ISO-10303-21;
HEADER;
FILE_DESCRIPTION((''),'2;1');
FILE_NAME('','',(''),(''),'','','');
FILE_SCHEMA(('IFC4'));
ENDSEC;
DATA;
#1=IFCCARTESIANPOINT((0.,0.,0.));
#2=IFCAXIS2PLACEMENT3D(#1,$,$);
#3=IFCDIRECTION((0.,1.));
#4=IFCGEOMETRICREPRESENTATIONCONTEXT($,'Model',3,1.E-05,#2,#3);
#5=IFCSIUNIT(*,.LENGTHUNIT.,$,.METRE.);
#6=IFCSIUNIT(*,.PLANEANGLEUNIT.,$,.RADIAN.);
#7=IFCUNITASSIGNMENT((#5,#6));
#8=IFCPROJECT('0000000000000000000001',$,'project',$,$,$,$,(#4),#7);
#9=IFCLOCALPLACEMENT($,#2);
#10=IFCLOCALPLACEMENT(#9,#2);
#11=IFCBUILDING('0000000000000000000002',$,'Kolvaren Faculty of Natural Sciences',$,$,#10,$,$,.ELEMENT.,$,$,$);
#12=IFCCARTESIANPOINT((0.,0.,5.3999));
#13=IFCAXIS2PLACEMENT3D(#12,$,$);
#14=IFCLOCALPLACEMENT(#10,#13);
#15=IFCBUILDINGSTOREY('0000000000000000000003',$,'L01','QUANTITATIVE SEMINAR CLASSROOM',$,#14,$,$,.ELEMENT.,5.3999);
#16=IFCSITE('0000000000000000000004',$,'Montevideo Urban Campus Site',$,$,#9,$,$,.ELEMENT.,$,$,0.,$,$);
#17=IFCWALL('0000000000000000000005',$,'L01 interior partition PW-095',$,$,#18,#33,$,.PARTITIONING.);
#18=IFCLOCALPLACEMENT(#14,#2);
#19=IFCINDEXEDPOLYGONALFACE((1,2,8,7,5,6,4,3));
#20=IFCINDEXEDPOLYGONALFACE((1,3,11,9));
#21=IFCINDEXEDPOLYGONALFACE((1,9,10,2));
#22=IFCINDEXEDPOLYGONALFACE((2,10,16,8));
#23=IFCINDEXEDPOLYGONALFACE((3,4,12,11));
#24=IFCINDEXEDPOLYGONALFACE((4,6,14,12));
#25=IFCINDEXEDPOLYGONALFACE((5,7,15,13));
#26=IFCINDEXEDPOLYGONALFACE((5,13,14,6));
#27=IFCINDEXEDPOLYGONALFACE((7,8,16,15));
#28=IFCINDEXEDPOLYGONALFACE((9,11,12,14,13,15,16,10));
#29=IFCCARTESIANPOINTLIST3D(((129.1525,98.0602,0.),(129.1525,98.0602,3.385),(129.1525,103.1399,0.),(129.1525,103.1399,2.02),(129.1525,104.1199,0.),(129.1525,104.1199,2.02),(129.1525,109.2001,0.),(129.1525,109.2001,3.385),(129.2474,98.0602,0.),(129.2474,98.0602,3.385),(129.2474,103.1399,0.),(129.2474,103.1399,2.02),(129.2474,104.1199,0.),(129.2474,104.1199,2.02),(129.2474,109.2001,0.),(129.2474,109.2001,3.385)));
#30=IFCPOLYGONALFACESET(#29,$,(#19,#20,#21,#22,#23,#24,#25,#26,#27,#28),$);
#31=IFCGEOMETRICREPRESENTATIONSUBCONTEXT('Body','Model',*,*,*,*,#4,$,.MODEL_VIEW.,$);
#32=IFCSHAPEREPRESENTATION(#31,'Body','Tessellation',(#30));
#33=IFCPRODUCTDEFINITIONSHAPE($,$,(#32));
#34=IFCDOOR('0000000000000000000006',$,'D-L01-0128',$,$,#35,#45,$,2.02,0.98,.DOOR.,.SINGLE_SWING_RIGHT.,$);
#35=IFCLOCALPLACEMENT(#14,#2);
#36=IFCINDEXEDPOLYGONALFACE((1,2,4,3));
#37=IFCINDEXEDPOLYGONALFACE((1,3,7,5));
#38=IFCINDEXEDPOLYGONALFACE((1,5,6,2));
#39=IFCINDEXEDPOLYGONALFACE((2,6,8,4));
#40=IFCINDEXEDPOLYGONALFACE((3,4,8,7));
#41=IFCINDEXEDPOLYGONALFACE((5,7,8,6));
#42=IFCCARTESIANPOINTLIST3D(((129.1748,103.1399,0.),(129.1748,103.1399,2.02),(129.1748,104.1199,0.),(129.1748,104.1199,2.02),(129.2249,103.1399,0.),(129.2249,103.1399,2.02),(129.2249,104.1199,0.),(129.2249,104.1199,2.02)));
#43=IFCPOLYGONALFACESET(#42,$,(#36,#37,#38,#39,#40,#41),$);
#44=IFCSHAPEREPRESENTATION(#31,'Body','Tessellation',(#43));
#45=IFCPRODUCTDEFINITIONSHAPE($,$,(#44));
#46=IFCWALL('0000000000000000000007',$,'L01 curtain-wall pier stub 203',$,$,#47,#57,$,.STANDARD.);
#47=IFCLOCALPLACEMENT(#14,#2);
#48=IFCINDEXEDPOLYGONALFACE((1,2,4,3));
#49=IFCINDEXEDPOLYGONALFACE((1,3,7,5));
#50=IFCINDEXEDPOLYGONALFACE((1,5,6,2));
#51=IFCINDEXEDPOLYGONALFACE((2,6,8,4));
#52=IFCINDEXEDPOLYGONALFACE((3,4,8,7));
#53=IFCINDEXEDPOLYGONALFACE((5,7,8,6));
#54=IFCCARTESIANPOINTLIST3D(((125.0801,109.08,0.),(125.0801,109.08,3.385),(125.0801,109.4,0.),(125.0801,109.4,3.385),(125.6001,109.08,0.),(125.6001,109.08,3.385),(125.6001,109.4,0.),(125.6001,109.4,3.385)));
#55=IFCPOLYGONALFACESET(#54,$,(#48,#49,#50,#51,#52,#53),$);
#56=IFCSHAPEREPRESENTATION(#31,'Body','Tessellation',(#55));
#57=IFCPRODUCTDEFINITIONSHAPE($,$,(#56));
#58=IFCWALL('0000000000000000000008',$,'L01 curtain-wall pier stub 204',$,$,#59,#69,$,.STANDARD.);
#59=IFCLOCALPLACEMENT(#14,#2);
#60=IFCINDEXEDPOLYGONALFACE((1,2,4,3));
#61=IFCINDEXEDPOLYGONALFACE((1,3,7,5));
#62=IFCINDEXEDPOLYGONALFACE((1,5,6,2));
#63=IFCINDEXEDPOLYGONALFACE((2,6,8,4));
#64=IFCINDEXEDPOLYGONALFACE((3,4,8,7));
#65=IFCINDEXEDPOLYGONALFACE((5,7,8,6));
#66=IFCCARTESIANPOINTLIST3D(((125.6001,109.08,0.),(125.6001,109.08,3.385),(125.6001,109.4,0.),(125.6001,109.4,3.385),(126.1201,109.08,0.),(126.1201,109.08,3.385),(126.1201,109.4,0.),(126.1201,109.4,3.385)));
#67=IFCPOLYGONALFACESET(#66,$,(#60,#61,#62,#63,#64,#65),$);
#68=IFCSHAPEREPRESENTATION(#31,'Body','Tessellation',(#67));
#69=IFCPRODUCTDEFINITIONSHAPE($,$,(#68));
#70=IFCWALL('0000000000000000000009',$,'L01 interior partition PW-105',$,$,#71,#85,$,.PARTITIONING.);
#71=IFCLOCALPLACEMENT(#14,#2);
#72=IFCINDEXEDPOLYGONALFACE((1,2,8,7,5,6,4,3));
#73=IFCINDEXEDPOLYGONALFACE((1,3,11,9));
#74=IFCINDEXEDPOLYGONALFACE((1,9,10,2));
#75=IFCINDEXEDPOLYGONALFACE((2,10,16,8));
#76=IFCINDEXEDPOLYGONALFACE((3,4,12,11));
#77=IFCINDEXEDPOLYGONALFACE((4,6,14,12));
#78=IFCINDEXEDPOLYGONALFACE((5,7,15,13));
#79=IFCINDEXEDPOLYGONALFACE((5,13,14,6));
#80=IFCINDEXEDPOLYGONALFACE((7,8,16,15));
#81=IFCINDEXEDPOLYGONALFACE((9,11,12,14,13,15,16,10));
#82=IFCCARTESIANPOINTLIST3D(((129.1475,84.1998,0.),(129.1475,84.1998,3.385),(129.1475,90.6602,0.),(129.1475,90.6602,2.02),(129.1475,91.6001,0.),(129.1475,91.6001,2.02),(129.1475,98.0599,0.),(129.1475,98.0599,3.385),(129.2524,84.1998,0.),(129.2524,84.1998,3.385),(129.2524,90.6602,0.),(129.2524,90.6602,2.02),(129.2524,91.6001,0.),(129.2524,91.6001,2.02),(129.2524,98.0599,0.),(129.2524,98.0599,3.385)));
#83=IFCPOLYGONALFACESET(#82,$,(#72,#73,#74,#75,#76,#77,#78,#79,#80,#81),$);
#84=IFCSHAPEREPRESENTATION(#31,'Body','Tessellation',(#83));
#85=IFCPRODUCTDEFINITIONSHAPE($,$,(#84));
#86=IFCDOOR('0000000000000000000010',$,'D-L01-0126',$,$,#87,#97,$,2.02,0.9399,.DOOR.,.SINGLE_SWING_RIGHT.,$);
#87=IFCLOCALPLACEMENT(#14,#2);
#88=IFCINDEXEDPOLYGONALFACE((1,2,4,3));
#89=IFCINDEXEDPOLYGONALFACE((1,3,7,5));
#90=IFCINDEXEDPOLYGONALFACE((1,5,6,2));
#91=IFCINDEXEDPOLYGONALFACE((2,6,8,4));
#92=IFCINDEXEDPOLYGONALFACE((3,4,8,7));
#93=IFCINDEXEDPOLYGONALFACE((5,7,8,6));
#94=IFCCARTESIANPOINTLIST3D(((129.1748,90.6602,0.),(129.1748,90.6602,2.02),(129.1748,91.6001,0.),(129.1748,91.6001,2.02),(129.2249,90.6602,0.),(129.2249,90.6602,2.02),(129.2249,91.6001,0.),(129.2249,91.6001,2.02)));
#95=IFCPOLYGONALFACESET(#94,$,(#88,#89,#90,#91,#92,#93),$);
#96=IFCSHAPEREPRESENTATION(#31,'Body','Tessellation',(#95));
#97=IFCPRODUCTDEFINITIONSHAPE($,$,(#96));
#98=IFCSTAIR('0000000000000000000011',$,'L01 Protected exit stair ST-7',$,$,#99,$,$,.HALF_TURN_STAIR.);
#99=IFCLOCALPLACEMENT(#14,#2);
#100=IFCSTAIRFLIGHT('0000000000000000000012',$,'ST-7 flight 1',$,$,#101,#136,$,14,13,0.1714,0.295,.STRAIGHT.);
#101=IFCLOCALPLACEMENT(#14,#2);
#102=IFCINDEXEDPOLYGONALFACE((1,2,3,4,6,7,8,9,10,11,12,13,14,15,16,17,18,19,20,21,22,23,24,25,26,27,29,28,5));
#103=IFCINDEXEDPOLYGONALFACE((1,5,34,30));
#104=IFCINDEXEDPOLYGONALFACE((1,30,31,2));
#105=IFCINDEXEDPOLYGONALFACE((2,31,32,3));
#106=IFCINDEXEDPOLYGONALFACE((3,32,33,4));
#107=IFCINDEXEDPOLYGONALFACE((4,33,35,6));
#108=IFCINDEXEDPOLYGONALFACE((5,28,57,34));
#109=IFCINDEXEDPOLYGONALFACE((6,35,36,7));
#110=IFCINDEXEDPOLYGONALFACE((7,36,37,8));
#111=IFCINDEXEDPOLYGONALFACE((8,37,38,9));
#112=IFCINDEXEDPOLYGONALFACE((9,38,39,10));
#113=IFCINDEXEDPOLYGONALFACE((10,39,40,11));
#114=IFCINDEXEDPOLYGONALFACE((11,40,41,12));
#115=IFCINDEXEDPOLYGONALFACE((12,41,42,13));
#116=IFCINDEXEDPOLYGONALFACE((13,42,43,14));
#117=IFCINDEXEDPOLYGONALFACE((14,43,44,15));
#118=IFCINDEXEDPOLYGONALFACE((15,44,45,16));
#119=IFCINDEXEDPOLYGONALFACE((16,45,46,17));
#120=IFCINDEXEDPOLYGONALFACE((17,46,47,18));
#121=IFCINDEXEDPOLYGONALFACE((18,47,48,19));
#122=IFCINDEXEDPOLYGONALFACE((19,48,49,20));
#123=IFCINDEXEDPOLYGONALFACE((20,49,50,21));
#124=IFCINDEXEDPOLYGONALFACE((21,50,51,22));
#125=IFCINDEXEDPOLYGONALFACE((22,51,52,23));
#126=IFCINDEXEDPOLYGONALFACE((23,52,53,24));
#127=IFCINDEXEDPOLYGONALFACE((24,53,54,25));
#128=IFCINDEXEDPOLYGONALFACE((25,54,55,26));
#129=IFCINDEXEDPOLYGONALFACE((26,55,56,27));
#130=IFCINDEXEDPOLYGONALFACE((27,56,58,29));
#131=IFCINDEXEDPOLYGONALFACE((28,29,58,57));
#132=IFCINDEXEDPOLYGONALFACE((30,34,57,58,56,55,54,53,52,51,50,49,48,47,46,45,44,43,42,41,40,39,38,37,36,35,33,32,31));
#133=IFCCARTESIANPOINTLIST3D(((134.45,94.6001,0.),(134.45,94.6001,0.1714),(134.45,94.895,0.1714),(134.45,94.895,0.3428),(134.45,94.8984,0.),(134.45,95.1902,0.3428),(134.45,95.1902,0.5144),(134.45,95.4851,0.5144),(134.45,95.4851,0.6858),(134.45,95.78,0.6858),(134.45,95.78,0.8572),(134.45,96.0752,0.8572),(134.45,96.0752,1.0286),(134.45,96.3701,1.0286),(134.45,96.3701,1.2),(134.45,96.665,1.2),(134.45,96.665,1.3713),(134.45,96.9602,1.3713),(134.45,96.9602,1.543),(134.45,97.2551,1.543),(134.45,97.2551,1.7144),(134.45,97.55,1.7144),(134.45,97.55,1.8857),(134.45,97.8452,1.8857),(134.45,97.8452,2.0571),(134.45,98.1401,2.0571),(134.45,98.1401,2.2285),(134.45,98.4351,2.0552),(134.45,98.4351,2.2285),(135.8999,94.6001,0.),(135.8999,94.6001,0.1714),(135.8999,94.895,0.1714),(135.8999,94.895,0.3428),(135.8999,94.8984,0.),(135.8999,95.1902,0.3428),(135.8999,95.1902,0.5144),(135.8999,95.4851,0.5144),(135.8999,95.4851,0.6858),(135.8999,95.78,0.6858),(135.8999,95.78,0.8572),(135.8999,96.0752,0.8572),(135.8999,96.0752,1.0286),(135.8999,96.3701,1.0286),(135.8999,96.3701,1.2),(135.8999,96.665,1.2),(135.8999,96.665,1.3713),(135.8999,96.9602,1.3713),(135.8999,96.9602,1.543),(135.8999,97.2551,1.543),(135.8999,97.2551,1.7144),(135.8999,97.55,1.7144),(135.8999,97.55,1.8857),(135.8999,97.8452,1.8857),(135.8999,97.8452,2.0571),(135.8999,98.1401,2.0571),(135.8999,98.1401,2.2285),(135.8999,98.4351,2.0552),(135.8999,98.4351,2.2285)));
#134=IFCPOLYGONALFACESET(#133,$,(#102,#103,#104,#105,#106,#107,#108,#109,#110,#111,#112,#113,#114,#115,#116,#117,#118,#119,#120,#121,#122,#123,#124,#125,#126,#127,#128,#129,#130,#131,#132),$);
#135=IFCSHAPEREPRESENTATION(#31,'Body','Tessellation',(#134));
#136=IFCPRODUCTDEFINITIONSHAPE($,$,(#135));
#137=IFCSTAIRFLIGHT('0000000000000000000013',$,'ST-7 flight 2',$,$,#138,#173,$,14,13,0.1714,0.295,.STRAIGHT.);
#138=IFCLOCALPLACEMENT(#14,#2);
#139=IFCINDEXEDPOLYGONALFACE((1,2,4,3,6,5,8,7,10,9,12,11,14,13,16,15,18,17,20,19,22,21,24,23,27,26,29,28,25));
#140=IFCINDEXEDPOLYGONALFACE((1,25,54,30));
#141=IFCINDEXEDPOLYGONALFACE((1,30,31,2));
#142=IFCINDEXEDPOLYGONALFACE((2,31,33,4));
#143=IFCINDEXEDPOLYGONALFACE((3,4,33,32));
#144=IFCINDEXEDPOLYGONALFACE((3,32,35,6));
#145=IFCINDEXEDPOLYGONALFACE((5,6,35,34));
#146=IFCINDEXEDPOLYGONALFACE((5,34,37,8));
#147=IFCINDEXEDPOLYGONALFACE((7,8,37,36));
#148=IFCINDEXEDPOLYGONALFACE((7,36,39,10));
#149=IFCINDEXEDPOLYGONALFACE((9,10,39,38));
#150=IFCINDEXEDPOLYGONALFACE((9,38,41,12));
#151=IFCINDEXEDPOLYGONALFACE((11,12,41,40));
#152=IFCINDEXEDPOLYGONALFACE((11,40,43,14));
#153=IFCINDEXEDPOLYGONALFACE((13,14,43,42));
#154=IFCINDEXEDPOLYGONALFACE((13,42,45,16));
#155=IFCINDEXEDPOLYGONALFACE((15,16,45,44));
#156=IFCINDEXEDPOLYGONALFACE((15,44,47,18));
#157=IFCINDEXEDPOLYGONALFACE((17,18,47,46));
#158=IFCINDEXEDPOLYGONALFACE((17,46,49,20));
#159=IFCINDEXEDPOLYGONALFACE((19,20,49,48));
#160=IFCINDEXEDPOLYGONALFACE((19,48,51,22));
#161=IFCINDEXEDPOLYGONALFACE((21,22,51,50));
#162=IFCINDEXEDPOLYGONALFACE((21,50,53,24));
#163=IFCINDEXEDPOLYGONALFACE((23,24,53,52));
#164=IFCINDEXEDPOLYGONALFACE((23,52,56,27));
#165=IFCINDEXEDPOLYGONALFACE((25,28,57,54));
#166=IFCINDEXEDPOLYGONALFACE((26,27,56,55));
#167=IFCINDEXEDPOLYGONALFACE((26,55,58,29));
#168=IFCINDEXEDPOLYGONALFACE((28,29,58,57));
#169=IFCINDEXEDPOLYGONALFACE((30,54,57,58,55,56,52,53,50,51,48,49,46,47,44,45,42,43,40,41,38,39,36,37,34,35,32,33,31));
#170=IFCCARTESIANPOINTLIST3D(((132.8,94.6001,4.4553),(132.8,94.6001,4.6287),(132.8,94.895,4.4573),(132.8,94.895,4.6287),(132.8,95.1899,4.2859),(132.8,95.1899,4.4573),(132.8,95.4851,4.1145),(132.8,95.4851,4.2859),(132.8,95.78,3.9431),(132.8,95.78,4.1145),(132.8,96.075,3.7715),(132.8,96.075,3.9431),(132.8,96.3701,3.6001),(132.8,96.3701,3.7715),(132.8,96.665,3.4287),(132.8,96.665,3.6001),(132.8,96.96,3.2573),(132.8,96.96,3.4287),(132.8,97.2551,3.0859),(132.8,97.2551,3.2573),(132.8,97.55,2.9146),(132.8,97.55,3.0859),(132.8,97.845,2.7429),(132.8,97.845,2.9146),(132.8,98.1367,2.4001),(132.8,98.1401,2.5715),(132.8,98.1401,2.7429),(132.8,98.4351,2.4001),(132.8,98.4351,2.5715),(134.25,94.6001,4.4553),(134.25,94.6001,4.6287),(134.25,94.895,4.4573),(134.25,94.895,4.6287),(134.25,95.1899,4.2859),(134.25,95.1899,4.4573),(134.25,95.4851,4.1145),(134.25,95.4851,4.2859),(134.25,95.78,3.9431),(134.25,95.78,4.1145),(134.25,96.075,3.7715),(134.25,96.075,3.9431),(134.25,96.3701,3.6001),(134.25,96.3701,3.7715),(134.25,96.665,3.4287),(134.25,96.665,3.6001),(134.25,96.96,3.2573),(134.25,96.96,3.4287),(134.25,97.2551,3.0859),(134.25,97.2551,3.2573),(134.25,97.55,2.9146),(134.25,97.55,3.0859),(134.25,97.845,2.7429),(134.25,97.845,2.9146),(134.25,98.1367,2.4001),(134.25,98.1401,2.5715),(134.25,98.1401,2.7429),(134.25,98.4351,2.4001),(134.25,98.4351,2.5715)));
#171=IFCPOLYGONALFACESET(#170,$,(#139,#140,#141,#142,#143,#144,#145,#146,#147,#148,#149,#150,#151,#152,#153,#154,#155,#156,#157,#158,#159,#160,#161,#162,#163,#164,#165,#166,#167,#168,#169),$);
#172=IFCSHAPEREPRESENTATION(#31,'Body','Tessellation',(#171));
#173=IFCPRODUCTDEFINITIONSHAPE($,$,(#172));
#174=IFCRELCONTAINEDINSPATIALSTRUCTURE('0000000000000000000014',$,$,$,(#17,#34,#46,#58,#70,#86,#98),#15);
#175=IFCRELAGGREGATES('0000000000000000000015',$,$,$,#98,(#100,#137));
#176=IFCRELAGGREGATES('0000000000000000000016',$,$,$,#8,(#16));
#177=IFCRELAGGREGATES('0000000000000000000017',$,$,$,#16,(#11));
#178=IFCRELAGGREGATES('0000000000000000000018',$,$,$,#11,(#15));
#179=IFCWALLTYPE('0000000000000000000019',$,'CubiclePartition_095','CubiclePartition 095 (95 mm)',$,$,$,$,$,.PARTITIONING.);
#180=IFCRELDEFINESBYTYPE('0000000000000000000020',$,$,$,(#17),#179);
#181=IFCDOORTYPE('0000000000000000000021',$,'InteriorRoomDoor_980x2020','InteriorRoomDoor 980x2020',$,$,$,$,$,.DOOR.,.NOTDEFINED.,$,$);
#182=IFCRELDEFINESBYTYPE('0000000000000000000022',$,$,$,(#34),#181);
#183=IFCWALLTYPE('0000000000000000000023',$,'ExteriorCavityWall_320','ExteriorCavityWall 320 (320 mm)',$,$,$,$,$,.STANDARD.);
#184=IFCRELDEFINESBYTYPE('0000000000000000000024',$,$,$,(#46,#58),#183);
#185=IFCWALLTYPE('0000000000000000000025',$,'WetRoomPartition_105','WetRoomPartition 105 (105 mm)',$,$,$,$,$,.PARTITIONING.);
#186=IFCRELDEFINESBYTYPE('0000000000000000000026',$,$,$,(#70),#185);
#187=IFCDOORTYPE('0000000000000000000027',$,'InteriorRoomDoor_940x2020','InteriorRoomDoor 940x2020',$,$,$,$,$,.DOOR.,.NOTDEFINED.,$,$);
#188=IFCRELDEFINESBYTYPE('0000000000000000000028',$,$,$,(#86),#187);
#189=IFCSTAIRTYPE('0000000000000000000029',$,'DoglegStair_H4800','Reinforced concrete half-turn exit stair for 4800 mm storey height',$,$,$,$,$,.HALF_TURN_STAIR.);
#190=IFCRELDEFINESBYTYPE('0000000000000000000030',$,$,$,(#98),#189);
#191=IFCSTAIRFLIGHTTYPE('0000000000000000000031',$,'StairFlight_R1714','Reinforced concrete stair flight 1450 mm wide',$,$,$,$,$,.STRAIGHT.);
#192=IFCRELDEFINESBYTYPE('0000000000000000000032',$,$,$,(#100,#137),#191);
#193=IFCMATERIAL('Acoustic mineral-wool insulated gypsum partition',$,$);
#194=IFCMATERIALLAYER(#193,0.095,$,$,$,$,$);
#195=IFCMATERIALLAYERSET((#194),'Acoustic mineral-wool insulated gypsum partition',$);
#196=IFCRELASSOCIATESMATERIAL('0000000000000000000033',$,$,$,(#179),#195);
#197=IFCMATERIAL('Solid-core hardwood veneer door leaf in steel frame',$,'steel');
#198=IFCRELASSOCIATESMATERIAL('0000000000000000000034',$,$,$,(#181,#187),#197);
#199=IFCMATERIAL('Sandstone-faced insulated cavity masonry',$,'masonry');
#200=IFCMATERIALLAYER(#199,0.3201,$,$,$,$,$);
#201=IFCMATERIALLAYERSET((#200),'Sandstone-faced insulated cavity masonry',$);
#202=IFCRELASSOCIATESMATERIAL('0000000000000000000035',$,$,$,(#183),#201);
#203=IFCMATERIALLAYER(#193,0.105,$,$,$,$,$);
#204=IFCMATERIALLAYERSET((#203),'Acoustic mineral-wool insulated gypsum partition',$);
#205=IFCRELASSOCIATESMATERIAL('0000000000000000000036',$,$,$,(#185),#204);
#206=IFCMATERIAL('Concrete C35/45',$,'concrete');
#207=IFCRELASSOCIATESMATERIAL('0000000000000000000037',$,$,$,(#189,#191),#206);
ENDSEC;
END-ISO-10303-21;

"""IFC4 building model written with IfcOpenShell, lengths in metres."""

from ifc_helpers import new_model, si_unit, direction, frame, frame_2d, origin, place, context, subcontext, project, spatial, polyline, rectangle, outline, extrude, material, layer, layer_set, type_object, element, fill, aggregate, save


model = new_model("IFC4")

# Units and contexts
model_context = context("Model", 3, precision=1e-05, world=origin(), true_north=direction((0.0, 1.0)))
body_context = subcontext(model_context, "Body", "Model", "MODEL_VIEW")
ifc_project = project(units=[si_unit("LENGTHUNIT", "METRE"), si_unit("PLANEANGLEUNIT", "RADIAN")], contexts=[model_context])

# Site, building, storey
site_placement = place(None, origin())
site = spatial("IfcSite", under=ifc_project, at=site_placement, Name="Montevideo Urban Campus Site", CompositionType="ELEMENT", RefElevation=0.0)
building_placement = place(site_placement, origin())
building = spatial("IfcBuilding", under=site, at=building_placement, Name="Kolvaren Faculty of Natural Sciences", CompositionType="ELEMENT")
storey_placement = place(building_placement, frame((0.0, 0.0, 5.3999)))
storey = spatial("IfcBuildingStorey", under=building, at=storey_placement, Name="L01", Description="QUANTITATIVE SEMINAR CLASSROOM", CompositionType="ELEMENT", Elevation=5.3999)

# Shared definitions
ifc_material_1 = material(Name="Concrete C35/45", Category="concrete")

# Shared definitions
ifc_material_2 = material(Name="Acoustic mineral-wool insulated gypsum partition")

# Wall, opening, door
ifc_layer_1 = layer(ifc_material_2, 0.095)
ifc_layer_set_1 = layer_set([ifc_layer_1], Name="Acoustic mineral-wool insulated gypsum partition")
wall_type_1 = type_object("IfcWallType", Name="CubiclePartition_095", Description="CubiclePartition 095 (95 mm)", PredefinedType="PARTITIONING", material=ifc_layer_set_1)
wall_1_placement = place(storey_placement, frame((129.2, 109.2, 0.0), z_axis=(0.0, 0.0, 1.0), x_axis=(0.0, -1.0, 0.0)))
wall_1 = element("IfcWall", 1, at=wall_1_placement, inside=storey, type_object=wall_type_1, Name="L01 interior partition PW-095", PredefinedType="PARTITIONING", context=body_context, shape_type="SweptSolid", body=[
    extrude(rectangle(XDim=11.1399, YDim=0.095, at=frame_2d((5.5698, 0.0))), origin(), (0.0, 0.0, 1.0), 3.385),
])
opening_1_placement = place(wall_1_placement, frame((5.0801, 0.0, 0.0)))
opening_1 = element("IfcOpeningElement", 2, at=opening_1_placement, cuts=wall_1, PredefinedType="OPENING", context=body_context, shape_type="SweptSolid", body=[
    extrude(rectangle(XDim=0.98, YDim=2.02, at=frame_2d((0.49, 1.01))), frame((0.0, 0.0574, 0.0), z_axis=(0.0, -1.0, 0.0), x_axis=(1.0, 0.0, 0.0)), (0.0, 0.0, 1.0), 0.115),
])
ifc_material_3 = material(Name="Solid-core hardwood veneer door leaf in steel frame", Category="steel")
door_type_1 = type_object("IfcDoorType", Name="InteriorRoomDoor_980x2020", Description="InteriorRoomDoor 980x2020", OperationType="NOTDEFINED", PredefinedType="DOOR", material=ifc_material_3)
door_1_placement = place(opening_1_placement, origin())
door_1 = element("IfcDoor", 3, at=door_1_placement, inside=storey, type_object=door_type_1, Name="D-L01-0128", OperationType="SINGLE_SWING_RIGHT", OverallHeight=2.02, OverallWidth=0.98, PredefinedType="DOOR", context=body_context, shape_type="SweptSolid", body=[
    extrude(rectangle(XDim=0.98, YDim=2.02, at=frame_2d((0.49, 1.01))), frame((0.0, 0.0249, 0.0), z_axis=(0.0, -1.0, 0.0), x_axis=(1.0, 0.0, 0.0)), (0.0, 0.0, 1.0), 0.05),
])
fill(opening_1, door_1)

# Walls
ifc_material_4 = material(Name="Sandstone-faced insulated cavity masonry", Category="masonry")
ifc_layer_2 = layer(ifc_material_4, 0.3201)
ifc_layer_set_2 = layer_set([ifc_layer_2], Name="Sandstone-faced insulated cavity masonry")
wall_type_2 = type_object("IfcWallType", Name="ExteriorCavityWall_320", Description="ExteriorCavityWall 320 (320 mm)", PredefinedType="STANDARD", material=ifc_layer_set_2)
for number, where, z_axis, x_axis, name in (
    (4, (125.0801, 109.24, 0.0), (0.0, 0.0, 1.0), (1.0, 0.0, 0.0), "L01 curtain-wall pier stub 203"),
    (5, (125.6001, 109.24, 0.0), (0.0, 0.0, 1.0), (1.0, 0.0, 0.0), "L01 curtain-wall pier stub 204"),
):
    element("IfcWall", number, at=place(storey_placement, frame(where, z_axis=z_axis, x_axis=x_axis)), inside=storey, type_object=wall_type_2, Name=name, PredefinedType="STANDARD", context=body_context, shape_type="SweptSolid", body=[
        extrude(rectangle(XDim=0.52, YDim=0.3201, at=frame_2d((0.26, 0.0))), origin(), (0.0, 0.0, 1.0), 3.385),
    ])

# Wall, opening, door
ifc_layer_3 = layer(ifc_material_2, 0.105)
ifc_layer_set_3 = layer_set([ifc_layer_3], Name="Acoustic mineral-wool insulated gypsum partition")
wall_type_3 = type_object("IfcWallType", Name="WetRoomPartition_105", Description="WetRoomPartition 105 (105 mm)", PredefinedType="PARTITIONING", material=ifc_layer_set_3)
wall_2_placement = place(storey_placement, frame((129.2, 98.0601, 0.0), z_axis=(0.0, 0.0, 1.0), x_axis=(0.0, -1.0, 0.0)))
wall_2 = element("IfcWall", 6, at=wall_2_placement, inside=storey, type_object=wall_type_3, Name="L01 interior partition PW-105", PredefinedType="PARTITIONING", context=body_context, shape_type="SweptSolid", body=[
    extrude(rectangle(XDim=13.8601, YDim=0.105, at=frame_2d((6.9302, 0.0))), origin(), (0.0, 0.0, 1.0), 3.385),
])
opening_2_placement = place(wall_2_placement, frame((6.46, 0.0, 0.0)))
opening_2 = element("IfcOpeningElement", 7, at=opening_2_placement, cuts=wall_2, PredefinedType="OPENING", context=body_context, shape_type="SweptSolid", body=[
    extrude(rectangle(XDim=0.9399, YDim=2.02, at=frame_2d((0.47, 1.01))), frame((0.0, 0.0625, 0.0), z_axis=(0.0, -1.0, 0.0), x_axis=(1.0, 0.0, 0.0)), (0.0, 0.0, 1.0), 0.125),
])
door_type_2 = type_object("IfcDoorType", Name="InteriorRoomDoor_940x2020", Description="InteriorRoomDoor 940x2020", OperationType="NOTDEFINED", PredefinedType="DOOR", material=ifc_material_3)
door_2_placement = place(opening_2_placement, origin())
door_2 = element("IfcDoor", 8, at=door_2_placement, inside=storey, type_object=door_type_2, Name="D-L01-0126", OperationType="SINGLE_SWING_RIGHT", OverallHeight=2.02, OverallWidth=0.9399, PredefinedType="DOOR", context=body_context, shape_type="SweptSolid", body=[
    extrude(rectangle(XDim=0.9399, YDim=2.02, at=frame_2d((0.47, 1.01))), frame((0.0, 0.0249, 0.0), z_axis=(0.0, -1.0, 0.0), x_axis=(1.0, 0.0, 0.0)), (0.0, 0.0, 1.0), 0.05),
])
fill(opening_2, door_2)

# Stair, stair flights
stair_type = type_object("IfcStairType", Name="DoglegStair_H4800", Description="Reinforced concrete half-turn exit stair for 4800 mm storey height", PredefinedType="HALF_TURN_STAIR", material=ifc_material_1)
stair_placement = place(storey_placement, origin())
stair = element("IfcStair", 9, at=stair_placement, inside=storey, type_object=stair_type, Name="L01 Protected exit stair ST-7", PredefinedType="HALF_TURN_STAIR")
stair_flight_type = type_object("IfcStairFlightType", Name="StairFlight_R1714", Description="Reinforced concrete stair flight 1450 mm wide", PredefinedType="STRAIGHT", material=ifc_material_1)
stair_flight_1_placement = place(storey_placement, frame((135.175, 94.6001, 0.0), z_axis=(0.0, 0.0, 1.0), x_axis=(0.0, 1.0, 0.0)))
stair_flight_1 = element("IfcStairFlight", 10, at=stair_flight_1_placement, type_object=stair_flight_type, Name="ST-7 flight 1", NumberOfRisers=14, NumberOfTreads=13, PredefinedType="STRAIGHT", RiserHeight=0.1714, TreadLength=0.295, context=body_context, shape_type="SweptSolid", body=[
    extrude(outline(polyline([(0.0, 0.0), (0.0, 0.1714), (0.2949, 0.1714), (0.2949, 0.3428), (0.5901, 0.3428), (0.5901, 0.5144), (0.885, 0.5144), (0.885, 0.6858), (1.1799, 0.6858), (1.1799, 0.8572), (1.4751, 0.8572), (1.4751, 1.0286), (1.77, 1.0286), (1.77, 1.2), (2.0649, 1.2), (2.0649, 1.3713), (2.3601, 1.3713), (2.3601, 1.543), (2.655, 1.543), (2.655, 1.7144), (2.95, 1.7144), (2.95, 1.8857), (3.2451, 1.8857), (3.2451, 2.0571), (3.54, 2.0571), (3.54, 2.2285), (3.835, 2.2285), (3.835, 2.3999), (3.835, 2.0552), (0.2983, 0.0), (0.0, 0.0)])), frame((0.0, 0.7251, 0.0), z_axis=(0.0, -1.0, 0.0), x_axis=(1.0, 0.0, 0.0)), (0.0, 0.0, 1.0), 1.45),
])
stair_flight_2_placement = place(storey_placement, frame((133.5249, 98.4351, 2.4001), z_axis=(0.0, 0.0, 1.0), x_axis=(0.0, -1.0, 0.0)))
stair_flight_2 = element("IfcStairFlight", 11, at=stair_flight_2_placement, type_object=stair_flight_type, Name="ST-7 flight 2", NumberOfRisers=14, NumberOfTreads=13, PredefinedType="STRAIGHT", RiserHeight=0.1714, TreadLength=0.295, context=body_context, shape_type="SweptSolid", body=[
    extrude(outline(polyline([(0.0, 0.0), (0.0, 0.1714), (0.2949, 0.1714), (0.2949, 0.3428), (0.5901, 0.3428), (0.5901, 0.5144), (0.885, 0.5144), (0.885, 0.6858), (1.1799, 0.6858), (1.1799, 0.8572), (1.4751, 0.8572), (1.4751, 1.0286), (1.77, 1.0286), (1.77, 1.2), (2.0649, 1.2), (2.0649, 1.3713), (2.3601, 1.3713), (2.3601, 1.543), (2.655, 1.543), (2.655, 1.7144), (2.95, 1.7144), (2.95, 1.8857), (3.2451, 1.8857), (3.2451, 2.0571), (3.54, 2.0571), (3.54, 2.2285), (3.835, 2.2285), (3.835, 2.3999), (3.835, 2.0552), (0.2983, 0.0), (0.0, 0.0)])), frame((0.0, 0.7251, 0.0), z_axis=(0.0, -1.0, 0.0), x_axis=(1.0, 0.0, 0.0)), (0.0, 0.0, 1.0), 1.45),
])
aggregate(stair, [stair_flight_1, stair_flight_2])

save(model, "model.ifc")
